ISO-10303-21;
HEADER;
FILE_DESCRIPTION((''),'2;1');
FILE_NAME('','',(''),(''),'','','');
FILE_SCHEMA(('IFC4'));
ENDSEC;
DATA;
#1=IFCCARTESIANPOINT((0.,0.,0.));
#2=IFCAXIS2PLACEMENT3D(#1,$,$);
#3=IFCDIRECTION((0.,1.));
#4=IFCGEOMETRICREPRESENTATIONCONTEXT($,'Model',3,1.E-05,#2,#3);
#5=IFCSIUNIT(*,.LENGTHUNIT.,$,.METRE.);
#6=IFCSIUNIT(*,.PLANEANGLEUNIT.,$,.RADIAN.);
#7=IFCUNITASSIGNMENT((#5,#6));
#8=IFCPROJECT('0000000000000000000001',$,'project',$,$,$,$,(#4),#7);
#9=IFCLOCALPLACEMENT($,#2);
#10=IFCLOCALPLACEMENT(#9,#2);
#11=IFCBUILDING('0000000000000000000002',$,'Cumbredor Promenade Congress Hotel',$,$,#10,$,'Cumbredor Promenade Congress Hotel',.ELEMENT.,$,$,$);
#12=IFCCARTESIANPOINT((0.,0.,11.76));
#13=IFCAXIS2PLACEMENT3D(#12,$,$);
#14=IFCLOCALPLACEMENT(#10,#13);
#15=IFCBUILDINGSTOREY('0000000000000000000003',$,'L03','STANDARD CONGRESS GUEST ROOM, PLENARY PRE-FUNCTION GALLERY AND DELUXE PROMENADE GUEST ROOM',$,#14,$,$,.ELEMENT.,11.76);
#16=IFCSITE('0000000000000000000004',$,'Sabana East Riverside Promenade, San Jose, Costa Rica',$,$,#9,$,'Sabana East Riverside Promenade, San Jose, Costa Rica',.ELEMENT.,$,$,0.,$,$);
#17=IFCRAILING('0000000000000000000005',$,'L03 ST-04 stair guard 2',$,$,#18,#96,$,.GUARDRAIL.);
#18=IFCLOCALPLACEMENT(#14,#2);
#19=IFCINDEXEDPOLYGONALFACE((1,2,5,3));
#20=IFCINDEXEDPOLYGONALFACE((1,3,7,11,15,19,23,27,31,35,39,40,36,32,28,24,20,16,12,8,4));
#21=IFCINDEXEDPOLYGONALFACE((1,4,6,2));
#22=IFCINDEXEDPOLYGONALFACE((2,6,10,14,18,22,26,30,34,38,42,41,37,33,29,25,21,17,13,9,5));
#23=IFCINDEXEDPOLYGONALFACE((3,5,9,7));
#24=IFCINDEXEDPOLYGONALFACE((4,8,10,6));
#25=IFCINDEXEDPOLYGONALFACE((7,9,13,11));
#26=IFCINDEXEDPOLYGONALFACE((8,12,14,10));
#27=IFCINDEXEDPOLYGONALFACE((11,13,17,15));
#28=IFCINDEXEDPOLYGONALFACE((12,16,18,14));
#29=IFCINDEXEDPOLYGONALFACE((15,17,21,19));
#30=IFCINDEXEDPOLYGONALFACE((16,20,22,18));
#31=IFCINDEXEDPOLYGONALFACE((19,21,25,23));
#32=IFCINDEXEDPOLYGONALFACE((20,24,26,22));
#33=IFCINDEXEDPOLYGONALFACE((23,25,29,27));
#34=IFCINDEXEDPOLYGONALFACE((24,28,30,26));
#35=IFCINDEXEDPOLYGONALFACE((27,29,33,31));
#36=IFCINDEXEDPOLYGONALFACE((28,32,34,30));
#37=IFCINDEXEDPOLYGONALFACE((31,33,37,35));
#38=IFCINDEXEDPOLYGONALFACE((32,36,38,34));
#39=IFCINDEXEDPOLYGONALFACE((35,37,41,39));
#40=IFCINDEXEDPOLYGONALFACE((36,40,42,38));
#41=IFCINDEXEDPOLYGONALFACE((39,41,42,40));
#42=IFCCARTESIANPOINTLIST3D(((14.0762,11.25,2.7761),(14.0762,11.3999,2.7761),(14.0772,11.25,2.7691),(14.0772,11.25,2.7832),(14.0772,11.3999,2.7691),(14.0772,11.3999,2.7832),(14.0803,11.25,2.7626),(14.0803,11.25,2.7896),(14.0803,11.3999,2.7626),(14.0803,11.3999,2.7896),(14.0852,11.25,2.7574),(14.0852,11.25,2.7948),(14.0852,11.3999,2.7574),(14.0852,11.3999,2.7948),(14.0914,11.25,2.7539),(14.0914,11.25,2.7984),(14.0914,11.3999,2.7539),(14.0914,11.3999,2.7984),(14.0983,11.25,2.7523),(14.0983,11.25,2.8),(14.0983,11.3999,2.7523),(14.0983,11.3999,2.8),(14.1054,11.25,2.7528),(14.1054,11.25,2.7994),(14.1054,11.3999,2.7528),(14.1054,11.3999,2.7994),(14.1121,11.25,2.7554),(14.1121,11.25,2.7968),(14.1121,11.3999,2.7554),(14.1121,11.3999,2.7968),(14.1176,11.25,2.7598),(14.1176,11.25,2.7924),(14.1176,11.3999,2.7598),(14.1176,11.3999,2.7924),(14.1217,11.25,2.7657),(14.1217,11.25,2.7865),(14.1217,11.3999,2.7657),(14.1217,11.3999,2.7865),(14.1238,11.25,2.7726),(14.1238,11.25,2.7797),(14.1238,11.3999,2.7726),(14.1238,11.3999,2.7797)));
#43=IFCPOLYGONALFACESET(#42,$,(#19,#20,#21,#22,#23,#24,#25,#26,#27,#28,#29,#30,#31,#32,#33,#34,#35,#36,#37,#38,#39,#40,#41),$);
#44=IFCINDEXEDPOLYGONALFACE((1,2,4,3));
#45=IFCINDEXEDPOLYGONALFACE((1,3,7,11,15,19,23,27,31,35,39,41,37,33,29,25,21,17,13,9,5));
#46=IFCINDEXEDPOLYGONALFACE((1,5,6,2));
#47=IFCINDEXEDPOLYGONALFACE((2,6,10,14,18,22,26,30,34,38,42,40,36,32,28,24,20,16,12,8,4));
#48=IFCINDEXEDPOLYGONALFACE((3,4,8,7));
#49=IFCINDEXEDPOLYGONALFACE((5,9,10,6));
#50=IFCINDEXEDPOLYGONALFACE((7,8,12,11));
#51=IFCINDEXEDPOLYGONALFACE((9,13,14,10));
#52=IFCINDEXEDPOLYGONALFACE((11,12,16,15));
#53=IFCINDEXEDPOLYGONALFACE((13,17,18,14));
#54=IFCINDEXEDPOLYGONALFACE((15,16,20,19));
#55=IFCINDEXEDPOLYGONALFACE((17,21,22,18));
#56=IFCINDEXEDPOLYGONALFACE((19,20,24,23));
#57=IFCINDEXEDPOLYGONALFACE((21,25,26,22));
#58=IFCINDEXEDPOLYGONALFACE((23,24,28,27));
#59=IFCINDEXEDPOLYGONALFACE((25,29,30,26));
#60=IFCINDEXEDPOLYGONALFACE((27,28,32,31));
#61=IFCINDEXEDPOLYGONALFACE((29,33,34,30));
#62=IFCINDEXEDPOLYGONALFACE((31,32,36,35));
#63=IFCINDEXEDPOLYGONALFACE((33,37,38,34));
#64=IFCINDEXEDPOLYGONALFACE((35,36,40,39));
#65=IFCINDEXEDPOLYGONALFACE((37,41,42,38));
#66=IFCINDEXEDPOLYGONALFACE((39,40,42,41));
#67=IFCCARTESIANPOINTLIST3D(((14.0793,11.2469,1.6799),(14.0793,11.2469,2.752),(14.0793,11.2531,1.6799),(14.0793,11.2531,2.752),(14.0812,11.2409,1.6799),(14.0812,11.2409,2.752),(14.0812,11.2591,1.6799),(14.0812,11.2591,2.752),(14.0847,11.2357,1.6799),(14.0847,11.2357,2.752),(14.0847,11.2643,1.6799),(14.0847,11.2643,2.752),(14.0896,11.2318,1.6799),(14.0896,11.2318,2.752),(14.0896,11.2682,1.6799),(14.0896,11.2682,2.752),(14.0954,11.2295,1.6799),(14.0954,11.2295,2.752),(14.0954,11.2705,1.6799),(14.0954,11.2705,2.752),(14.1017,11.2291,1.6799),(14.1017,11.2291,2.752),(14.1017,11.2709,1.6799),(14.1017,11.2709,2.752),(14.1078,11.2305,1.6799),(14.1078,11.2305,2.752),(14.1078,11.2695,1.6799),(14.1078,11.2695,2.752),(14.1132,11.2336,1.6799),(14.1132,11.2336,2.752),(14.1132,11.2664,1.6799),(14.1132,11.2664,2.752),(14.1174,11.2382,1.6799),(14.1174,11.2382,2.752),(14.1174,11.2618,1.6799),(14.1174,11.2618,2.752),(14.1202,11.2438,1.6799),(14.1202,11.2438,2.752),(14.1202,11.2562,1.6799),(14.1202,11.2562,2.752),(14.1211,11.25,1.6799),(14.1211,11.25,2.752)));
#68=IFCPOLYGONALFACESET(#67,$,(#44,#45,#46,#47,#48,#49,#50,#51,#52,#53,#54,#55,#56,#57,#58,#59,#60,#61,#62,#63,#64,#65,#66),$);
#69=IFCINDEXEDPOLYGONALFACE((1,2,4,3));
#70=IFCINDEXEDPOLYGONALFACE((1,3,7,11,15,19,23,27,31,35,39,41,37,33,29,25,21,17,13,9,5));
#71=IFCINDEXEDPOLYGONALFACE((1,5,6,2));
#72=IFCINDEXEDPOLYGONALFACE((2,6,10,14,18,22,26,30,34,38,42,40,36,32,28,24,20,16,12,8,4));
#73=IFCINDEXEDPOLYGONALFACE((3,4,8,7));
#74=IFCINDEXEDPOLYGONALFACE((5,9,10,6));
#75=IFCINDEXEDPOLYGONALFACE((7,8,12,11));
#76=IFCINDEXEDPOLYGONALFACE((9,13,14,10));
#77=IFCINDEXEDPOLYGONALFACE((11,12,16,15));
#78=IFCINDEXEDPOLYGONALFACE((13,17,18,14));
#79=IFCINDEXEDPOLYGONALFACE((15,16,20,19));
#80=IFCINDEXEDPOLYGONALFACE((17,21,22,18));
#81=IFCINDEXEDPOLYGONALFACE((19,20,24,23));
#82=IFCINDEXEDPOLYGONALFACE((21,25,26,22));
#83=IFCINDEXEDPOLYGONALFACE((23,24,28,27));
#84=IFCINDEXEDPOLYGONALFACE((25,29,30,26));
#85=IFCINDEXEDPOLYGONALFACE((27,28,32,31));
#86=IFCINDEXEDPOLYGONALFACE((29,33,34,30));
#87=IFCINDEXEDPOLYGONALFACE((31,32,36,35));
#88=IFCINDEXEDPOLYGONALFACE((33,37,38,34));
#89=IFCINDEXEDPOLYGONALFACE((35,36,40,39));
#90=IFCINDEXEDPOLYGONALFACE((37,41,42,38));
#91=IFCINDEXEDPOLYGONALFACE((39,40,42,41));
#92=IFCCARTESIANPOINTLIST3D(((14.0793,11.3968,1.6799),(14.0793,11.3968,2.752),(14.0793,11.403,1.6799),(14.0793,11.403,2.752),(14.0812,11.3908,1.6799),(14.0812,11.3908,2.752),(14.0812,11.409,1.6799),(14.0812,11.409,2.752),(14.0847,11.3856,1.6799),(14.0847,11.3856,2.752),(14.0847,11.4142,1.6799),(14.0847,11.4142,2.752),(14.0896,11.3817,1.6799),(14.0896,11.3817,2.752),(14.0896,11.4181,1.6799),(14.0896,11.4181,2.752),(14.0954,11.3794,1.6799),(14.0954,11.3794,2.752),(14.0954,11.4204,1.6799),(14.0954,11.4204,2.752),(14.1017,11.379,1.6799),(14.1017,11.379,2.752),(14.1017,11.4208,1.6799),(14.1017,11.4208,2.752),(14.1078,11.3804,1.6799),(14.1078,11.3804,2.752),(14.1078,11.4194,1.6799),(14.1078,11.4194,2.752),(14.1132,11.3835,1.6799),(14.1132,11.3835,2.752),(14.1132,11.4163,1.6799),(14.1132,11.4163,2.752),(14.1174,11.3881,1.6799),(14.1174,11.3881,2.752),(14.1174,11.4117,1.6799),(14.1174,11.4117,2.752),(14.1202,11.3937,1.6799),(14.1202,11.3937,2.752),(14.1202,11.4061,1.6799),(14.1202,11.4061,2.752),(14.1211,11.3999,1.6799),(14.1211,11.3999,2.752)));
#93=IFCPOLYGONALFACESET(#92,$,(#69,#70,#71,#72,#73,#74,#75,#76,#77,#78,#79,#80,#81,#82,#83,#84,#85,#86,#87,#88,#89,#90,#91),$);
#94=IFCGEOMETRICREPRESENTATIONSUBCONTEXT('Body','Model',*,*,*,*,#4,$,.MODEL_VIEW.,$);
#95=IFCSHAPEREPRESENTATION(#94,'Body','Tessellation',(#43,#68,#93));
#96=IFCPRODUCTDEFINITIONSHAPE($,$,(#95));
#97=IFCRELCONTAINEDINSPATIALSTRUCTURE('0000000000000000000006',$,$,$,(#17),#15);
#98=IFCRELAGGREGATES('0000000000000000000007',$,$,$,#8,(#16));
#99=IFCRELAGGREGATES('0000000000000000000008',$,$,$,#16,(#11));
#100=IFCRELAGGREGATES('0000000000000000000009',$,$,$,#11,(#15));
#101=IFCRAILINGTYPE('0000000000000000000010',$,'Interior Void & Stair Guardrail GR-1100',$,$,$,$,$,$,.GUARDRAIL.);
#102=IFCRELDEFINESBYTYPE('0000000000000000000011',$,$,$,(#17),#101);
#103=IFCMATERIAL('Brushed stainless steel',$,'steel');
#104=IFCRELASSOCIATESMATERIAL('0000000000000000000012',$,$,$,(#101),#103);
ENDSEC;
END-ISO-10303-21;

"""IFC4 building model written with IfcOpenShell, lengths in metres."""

from ifc_helpers import new_model, si_unit, direction, frame, origin, origin_2d, place, context, subcontext, project, spatial, circle, extrude, material, type_object, element, save


model = new_model("IFC4")

# Units and contexts
model_context = context("Model", 3, precision=1e-05, world=origin(), true_north=direction((0.0, 1.0)))
body_context = subcontext(model_context, "Body", "Model", "MODEL_VIEW")
ifc_project = project(units=[si_unit("LENGTHUNIT", "METRE"), si_unit("PLANEANGLEUNIT", "RADIAN")], contexts=[model_context])

# Site, building, storey
site_placement = place(None, origin())
site = spatial("IfcSite", under=ifc_project, at=site_placement, Name="Sabana East Riverside Promenade, San Jose, Costa Rica", LongName="Sabana East Riverside Promenade, San Jose, Costa Rica", CompositionType="ELEMENT", RefElevation=0.0)
building_placement = place(site_placement, origin())
building = spatial("IfcBuilding", under=site, at=building_placement, Name="Cumbredor Promenade Congress Hotel", LongName="Cumbredor Promenade Congress Hotel", CompositionType="ELEMENT")
storey_placement = place(building_placement, frame((0.0, 0.0, 11.76)))
storey = spatial("IfcBuildingStorey", under=building, at=storey_placement, Name="L03", Description="STANDARD CONGRESS GUEST ROOM, PLENARY PRE-FUNCTION GALLERY AND DELUXE PROMENADE GUEST ROOM", CompositionType="ELEMENT", Elevation=11.76)

# Railing
ifc_material_1 = material(Name="Brushed stainless steel", Category="steel")
railing_type_1 = type_object("IfcRailingType", Name="Interior Void & Stair Guardrail GR-1100", PredefinedType="GUARDRAIL", material=ifc_material_1)
railing_1_placement = place(storey_placement, frame((14.1001, 11.25, 1.6799)))
element("IfcRailing", 1, at=railing_1_placement, inside=storey, type_object=railing_type_1, Name="L03 ST-04 stair guard 2", PredefinedType="GUARDRAIL", context=body_context, shape_type="SweptSolid", body=[
    extrude(circle(Radius=0.0239, at=origin_2d()), frame((0.0, 0.0, 1.0962), z_axis=(0.0, 1.0, 0.0), x_axis=(-1.0, 0.0, 0.0)), (0.0, 0.0, 1.0), 0.1499),
    extrude(circle(Radius=0.021, at=origin_2d()), origin(), (0.0, 0.0, 1.0), 1.072),
    extrude(circle(Radius=0.021, at=origin_2d()), frame((0.0, 0.1499, 0.0)), (0.0, 0.0, 1.0), 1.072),
])

save(model, "model.ifc")
